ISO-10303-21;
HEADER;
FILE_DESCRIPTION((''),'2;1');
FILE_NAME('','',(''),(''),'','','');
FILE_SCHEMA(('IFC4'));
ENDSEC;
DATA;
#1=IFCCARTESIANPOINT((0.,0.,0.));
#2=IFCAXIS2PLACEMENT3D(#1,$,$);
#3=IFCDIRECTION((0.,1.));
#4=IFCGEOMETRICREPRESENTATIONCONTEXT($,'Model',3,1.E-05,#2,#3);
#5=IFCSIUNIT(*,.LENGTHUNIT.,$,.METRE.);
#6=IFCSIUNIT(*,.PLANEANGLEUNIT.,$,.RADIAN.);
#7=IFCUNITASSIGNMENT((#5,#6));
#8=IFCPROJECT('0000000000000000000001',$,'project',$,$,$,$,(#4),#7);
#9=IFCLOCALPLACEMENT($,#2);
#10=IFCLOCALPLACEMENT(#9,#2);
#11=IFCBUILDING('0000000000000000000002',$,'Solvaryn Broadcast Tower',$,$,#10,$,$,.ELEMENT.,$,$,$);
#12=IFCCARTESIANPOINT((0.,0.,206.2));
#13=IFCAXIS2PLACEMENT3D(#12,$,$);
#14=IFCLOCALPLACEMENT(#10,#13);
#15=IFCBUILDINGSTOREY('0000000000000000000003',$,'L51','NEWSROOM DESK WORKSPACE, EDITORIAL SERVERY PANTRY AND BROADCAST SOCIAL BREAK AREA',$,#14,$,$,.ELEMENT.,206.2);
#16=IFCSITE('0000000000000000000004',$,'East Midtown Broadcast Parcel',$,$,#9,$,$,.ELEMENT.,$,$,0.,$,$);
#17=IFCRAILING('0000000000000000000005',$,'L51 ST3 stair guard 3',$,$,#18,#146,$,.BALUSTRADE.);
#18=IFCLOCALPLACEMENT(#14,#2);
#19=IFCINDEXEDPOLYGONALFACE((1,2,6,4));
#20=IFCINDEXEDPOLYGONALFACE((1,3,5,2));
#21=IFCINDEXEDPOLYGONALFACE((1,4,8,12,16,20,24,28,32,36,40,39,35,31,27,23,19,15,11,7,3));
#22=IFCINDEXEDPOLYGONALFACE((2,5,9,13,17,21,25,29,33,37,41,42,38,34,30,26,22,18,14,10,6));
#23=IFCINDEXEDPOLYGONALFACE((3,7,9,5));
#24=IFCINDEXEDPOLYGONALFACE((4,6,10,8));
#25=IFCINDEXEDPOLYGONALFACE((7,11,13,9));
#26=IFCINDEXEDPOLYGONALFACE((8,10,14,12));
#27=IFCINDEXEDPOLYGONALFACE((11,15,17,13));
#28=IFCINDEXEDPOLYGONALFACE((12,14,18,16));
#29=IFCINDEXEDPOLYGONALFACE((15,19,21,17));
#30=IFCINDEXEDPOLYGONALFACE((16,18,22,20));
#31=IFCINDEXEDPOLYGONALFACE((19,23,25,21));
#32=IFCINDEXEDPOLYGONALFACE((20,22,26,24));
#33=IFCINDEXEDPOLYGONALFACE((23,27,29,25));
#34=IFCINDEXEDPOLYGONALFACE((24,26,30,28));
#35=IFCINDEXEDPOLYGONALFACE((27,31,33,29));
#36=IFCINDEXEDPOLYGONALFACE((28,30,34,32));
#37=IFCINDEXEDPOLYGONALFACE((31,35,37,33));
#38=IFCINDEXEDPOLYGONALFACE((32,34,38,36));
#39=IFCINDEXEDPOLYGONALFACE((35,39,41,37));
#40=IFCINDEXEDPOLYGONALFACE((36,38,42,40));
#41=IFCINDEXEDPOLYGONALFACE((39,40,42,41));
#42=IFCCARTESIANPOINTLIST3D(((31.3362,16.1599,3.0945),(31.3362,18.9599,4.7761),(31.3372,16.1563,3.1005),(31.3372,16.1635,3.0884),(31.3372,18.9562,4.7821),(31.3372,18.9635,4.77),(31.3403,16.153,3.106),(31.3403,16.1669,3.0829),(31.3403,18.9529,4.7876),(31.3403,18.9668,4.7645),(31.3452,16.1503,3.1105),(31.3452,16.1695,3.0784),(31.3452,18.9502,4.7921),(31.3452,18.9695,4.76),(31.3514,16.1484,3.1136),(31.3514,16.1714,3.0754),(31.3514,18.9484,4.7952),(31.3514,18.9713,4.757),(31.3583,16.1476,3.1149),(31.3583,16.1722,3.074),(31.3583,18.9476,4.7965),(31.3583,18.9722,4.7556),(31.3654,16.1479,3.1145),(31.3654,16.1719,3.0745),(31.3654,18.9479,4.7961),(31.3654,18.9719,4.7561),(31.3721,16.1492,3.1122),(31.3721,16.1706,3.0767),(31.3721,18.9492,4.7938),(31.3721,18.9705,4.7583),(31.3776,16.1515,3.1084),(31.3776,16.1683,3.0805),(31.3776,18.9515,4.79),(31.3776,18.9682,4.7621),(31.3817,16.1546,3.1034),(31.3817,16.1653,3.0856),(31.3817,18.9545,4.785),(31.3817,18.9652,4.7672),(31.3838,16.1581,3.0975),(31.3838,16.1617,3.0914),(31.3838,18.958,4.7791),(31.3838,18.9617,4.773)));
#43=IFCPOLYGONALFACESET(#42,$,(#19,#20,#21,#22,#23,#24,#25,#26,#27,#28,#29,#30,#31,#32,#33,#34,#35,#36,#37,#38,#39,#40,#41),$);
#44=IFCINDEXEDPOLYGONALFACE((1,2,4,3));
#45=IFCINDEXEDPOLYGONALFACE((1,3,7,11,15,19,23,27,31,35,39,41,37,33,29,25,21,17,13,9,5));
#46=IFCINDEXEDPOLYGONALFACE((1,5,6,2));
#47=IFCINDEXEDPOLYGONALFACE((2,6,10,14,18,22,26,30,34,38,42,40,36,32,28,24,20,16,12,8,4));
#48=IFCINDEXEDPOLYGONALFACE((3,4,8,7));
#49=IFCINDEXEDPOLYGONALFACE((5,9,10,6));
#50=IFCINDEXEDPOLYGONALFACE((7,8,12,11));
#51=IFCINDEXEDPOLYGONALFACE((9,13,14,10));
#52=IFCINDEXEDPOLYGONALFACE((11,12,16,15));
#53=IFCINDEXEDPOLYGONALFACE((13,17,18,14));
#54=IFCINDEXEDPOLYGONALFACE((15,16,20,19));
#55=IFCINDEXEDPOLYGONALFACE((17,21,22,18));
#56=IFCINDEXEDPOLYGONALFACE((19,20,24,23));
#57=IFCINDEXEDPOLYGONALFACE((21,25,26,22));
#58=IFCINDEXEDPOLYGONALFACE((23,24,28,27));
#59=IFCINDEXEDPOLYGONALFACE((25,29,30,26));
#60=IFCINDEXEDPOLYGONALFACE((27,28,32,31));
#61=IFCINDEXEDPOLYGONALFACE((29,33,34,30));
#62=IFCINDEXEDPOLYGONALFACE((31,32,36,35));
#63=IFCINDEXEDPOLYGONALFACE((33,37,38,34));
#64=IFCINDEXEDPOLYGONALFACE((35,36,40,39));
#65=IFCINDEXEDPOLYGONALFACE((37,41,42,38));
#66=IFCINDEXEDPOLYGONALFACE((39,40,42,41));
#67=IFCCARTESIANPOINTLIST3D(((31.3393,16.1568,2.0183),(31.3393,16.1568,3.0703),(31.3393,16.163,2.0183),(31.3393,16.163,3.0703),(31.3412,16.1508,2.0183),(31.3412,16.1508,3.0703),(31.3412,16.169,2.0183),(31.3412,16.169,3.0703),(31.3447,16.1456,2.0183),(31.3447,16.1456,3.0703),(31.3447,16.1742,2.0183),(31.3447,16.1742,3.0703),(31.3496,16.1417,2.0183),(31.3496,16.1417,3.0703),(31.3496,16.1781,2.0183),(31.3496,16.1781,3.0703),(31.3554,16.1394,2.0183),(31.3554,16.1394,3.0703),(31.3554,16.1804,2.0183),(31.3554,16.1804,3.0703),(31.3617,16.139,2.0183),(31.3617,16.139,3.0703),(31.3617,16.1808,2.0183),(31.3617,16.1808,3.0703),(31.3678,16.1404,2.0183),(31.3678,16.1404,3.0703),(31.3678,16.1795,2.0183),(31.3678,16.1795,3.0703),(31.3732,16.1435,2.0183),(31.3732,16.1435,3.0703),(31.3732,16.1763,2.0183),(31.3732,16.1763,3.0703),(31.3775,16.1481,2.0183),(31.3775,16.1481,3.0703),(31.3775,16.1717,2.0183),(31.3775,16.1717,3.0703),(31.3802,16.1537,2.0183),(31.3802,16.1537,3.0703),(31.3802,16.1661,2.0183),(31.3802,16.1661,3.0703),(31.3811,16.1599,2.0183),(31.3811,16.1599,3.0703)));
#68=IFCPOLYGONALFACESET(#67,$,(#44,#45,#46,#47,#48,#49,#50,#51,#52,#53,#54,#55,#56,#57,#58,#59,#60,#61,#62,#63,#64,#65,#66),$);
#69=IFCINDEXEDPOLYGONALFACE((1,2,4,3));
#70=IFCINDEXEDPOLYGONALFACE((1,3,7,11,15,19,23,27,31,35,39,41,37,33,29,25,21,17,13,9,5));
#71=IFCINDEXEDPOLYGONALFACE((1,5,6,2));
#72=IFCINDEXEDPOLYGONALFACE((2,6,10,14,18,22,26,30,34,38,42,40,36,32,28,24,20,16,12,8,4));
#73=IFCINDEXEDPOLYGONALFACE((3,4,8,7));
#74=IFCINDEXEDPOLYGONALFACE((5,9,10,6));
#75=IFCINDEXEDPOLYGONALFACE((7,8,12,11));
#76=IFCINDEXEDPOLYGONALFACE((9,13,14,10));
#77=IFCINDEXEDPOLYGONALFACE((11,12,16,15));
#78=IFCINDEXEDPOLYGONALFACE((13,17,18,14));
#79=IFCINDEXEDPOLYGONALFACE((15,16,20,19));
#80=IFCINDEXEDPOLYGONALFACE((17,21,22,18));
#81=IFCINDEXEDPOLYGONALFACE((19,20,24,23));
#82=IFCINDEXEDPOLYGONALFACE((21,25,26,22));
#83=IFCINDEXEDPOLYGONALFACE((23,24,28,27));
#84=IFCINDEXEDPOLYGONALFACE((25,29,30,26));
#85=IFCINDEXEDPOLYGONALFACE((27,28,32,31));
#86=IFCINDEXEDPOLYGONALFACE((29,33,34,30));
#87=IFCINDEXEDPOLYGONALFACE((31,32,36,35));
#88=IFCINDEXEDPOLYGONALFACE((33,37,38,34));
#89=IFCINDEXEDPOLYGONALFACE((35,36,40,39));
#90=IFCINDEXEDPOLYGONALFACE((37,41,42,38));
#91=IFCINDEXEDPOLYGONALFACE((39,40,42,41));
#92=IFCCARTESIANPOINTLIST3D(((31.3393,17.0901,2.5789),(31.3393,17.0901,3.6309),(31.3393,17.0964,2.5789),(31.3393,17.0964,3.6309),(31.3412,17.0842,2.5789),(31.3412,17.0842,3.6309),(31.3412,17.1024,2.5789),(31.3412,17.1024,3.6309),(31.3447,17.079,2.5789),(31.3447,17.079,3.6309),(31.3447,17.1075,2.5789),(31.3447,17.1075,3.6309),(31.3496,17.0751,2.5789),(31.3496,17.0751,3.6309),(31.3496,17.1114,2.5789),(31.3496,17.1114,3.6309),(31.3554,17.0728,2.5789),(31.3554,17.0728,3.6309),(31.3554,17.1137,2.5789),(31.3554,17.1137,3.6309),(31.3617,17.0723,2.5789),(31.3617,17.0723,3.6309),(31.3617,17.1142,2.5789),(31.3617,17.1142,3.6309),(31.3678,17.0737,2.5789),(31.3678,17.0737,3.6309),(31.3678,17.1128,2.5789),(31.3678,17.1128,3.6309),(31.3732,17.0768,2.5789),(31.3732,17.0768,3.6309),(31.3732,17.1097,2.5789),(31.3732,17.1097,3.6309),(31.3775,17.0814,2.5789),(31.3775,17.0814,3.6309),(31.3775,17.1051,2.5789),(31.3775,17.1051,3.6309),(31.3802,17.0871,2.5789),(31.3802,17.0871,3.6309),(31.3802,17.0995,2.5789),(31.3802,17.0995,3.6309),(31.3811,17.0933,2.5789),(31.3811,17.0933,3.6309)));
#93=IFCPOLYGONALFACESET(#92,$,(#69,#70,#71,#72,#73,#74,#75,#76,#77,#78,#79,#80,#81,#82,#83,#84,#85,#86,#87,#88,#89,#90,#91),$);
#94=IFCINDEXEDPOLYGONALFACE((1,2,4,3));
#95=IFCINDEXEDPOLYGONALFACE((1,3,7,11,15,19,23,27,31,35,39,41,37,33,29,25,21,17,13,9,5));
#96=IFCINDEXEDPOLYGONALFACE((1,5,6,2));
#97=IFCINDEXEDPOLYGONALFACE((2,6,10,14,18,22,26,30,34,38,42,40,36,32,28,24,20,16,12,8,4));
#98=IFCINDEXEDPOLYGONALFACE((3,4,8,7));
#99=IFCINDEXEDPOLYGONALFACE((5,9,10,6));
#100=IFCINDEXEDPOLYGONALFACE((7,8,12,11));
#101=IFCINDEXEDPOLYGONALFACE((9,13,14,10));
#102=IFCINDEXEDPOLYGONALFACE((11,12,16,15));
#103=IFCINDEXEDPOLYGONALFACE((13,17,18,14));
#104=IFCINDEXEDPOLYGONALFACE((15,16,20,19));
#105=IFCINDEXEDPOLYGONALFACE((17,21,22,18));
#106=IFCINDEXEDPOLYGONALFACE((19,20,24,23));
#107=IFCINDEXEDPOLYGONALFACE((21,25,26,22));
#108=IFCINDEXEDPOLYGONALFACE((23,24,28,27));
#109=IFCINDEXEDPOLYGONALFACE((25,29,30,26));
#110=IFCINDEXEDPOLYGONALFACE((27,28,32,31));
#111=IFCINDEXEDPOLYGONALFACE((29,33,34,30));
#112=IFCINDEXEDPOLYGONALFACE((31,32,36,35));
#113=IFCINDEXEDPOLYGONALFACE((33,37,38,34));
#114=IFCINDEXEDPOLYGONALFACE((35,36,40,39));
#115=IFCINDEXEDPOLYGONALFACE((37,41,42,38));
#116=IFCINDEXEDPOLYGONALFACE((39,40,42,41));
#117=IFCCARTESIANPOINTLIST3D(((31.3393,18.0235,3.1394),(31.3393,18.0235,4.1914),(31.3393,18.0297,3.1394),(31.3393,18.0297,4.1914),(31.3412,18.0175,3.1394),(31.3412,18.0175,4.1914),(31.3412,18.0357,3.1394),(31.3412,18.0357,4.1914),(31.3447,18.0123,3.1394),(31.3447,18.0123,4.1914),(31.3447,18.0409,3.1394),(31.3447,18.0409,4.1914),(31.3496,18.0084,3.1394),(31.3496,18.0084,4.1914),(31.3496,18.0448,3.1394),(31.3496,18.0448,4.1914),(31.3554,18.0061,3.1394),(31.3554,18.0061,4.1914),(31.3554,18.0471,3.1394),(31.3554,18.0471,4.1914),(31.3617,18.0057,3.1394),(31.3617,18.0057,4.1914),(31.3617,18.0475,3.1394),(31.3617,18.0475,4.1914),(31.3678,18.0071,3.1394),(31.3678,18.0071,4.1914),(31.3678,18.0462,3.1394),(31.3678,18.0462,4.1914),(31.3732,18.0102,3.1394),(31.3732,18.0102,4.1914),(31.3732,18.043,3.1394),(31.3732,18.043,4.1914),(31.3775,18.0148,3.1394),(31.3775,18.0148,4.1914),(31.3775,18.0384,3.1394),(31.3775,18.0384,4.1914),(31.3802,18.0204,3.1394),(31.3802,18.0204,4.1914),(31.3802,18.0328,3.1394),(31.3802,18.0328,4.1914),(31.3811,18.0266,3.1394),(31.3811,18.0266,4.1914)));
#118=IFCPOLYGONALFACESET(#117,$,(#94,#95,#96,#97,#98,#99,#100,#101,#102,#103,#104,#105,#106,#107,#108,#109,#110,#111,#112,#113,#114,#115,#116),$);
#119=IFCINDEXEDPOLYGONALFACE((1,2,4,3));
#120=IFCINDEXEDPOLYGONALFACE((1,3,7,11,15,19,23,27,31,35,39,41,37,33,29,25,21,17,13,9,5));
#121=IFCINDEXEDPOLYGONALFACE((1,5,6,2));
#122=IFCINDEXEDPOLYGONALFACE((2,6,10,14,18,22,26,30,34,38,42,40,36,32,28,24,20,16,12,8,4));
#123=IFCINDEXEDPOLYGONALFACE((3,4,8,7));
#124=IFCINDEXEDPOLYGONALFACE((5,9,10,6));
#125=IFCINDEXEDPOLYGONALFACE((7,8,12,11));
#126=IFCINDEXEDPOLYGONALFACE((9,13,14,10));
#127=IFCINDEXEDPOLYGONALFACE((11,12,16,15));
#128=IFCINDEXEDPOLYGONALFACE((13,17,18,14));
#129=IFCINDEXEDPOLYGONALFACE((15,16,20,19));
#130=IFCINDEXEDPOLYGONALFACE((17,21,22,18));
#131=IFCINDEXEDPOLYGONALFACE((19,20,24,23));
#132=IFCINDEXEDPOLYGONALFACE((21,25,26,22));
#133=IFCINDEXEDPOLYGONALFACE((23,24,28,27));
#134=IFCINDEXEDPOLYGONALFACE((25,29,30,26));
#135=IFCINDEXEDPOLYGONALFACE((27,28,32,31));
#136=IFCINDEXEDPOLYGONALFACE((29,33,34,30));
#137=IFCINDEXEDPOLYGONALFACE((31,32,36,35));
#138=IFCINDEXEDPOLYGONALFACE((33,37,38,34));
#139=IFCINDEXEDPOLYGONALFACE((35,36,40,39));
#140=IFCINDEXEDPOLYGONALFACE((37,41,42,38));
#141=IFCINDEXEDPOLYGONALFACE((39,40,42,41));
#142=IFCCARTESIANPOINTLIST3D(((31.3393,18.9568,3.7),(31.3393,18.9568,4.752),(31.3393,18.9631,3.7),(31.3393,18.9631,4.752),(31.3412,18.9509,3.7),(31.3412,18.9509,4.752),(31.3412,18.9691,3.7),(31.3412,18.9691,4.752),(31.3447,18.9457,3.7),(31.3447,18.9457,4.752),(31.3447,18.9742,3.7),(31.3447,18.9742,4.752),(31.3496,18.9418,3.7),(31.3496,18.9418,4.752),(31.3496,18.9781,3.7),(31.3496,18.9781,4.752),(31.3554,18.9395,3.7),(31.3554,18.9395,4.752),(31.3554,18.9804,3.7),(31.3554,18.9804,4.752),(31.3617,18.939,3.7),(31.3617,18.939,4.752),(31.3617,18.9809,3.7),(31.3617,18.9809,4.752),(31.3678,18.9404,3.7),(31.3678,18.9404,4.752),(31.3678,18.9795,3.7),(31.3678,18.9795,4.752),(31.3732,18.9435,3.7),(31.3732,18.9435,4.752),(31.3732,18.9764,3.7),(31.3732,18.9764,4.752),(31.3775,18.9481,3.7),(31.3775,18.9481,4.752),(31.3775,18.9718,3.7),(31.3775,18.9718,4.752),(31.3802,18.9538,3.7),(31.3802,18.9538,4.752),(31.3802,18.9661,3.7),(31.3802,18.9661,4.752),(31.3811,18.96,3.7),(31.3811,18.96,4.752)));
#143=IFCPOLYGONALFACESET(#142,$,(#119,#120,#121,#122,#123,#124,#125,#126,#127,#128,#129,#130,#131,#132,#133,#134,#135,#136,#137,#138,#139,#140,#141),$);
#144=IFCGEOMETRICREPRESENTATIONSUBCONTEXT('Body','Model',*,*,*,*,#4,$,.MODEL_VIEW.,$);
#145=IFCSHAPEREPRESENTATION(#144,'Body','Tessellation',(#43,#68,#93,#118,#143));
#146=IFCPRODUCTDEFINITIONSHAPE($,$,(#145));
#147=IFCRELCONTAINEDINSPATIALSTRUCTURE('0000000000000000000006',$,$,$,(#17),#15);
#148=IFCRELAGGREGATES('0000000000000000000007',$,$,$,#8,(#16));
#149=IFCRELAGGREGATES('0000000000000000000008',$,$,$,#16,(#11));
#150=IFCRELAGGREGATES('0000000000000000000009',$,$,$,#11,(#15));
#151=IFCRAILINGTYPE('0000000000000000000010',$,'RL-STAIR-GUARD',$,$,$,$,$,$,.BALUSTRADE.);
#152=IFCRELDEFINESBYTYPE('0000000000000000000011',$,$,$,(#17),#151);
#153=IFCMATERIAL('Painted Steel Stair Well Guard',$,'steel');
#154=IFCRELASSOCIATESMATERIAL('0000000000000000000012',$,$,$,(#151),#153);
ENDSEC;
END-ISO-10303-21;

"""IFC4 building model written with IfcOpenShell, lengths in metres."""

from ifc_helpers import new_model, si_unit, direction, frame, origin, origin_2d, place, context, subcontext, project, spatial, circle, extrude, material, type_object, element, save


model = new_model("IFC4")

# Units and contexts
model_context = context("Model", 3, precision=1e-05, world=origin(), true_north=direction((0.0, 1.0)))
body_context = subcontext(model_context, "Body", "Model", "MODEL_VIEW")
ifc_project = project(units=[si_unit("LENGTHUNIT", "METRE"), si_unit("PLANEANGLEUNIT", "RADIAN")], contexts=[model_context])

# Site, building, storey
site_placement = place(None, origin())
site = spatial("IfcSite", under=ifc_project, at=site_placement, Name="East Midtown Broadcast Parcel", CompositionType="ELEMENT", RefElevation=0.0)
building_placement = place(site_placement, origin())
building = spatial("IfcBuilding", under=site, at=building_placement, Name="Solvaryn Broadcast Tower", CompositionType="ELEMENT")
storey_placement = place(building_placement, frame((0.0, 0.0, 206.2)))
storey = spatial("IfcBuildingStorey", under=building, at=storey_placement, Name="L51", Description="NEWSROOM DESK WORKSPACE, EDITORIAL SERVERY PANTRY AND BROADCAST SOCIAL BREAK AREA", CompositionType="ELEMENT", Elevation=206.2)

# Railing
ifc_material_1 = material(Name="Painted Steel Stair Well Guard", Category="steel")
railing_type_1 = type_object("IfcRailingType", Name="RL-STAIR-GUARD", PredefinedType="BALUSTRADE", material=ifc_material_1)
railing_1_placement = place(storey_placement, frame((31.3601, 16.1599, 2.0183)))
element("IfcRailing", 1, at=railing_1_placement, inside=storey, type_object=railing_type_1, Name="L51 ST3 stair guard 3", PredefinedType="BALUSTRADE", context=body_context, shape_type="SweptSolid", body=[
    extrude(circle(Radius=0.0239, at=origin_2d()), frame((0.0, 0.0, 1.0762), z_axis=(0.0, 0.857275, 0.514858), x_axis=(-1.0, 0.0, 0.0)), (0.0, 0.0, 1.0), 3.2661),
    extrude(circle(Radius=0.021, at=origin_2d()), origin(), (0.0, 0.0, 1.0), 1.052),
    extrude(circle(Radius=0.021, at=origin_2d()), frame((0.0, 0.9333, 0.5605)), (0.0, 0.0, 1.0), 1.052),
    extrude(circle(Radius=0.021, at=origin_2d()), frame((0.0, 1.8667, 1.1211)), (0.0, 0.0, 1.0), 1.052),
    extrude(circle(Radius=0.021, at=origin_2d()), frame((0.0, 2.8, 1.6816)), (0.0, 0.0, 1.0), 1.052),
])

save(model, "model.ifc")
